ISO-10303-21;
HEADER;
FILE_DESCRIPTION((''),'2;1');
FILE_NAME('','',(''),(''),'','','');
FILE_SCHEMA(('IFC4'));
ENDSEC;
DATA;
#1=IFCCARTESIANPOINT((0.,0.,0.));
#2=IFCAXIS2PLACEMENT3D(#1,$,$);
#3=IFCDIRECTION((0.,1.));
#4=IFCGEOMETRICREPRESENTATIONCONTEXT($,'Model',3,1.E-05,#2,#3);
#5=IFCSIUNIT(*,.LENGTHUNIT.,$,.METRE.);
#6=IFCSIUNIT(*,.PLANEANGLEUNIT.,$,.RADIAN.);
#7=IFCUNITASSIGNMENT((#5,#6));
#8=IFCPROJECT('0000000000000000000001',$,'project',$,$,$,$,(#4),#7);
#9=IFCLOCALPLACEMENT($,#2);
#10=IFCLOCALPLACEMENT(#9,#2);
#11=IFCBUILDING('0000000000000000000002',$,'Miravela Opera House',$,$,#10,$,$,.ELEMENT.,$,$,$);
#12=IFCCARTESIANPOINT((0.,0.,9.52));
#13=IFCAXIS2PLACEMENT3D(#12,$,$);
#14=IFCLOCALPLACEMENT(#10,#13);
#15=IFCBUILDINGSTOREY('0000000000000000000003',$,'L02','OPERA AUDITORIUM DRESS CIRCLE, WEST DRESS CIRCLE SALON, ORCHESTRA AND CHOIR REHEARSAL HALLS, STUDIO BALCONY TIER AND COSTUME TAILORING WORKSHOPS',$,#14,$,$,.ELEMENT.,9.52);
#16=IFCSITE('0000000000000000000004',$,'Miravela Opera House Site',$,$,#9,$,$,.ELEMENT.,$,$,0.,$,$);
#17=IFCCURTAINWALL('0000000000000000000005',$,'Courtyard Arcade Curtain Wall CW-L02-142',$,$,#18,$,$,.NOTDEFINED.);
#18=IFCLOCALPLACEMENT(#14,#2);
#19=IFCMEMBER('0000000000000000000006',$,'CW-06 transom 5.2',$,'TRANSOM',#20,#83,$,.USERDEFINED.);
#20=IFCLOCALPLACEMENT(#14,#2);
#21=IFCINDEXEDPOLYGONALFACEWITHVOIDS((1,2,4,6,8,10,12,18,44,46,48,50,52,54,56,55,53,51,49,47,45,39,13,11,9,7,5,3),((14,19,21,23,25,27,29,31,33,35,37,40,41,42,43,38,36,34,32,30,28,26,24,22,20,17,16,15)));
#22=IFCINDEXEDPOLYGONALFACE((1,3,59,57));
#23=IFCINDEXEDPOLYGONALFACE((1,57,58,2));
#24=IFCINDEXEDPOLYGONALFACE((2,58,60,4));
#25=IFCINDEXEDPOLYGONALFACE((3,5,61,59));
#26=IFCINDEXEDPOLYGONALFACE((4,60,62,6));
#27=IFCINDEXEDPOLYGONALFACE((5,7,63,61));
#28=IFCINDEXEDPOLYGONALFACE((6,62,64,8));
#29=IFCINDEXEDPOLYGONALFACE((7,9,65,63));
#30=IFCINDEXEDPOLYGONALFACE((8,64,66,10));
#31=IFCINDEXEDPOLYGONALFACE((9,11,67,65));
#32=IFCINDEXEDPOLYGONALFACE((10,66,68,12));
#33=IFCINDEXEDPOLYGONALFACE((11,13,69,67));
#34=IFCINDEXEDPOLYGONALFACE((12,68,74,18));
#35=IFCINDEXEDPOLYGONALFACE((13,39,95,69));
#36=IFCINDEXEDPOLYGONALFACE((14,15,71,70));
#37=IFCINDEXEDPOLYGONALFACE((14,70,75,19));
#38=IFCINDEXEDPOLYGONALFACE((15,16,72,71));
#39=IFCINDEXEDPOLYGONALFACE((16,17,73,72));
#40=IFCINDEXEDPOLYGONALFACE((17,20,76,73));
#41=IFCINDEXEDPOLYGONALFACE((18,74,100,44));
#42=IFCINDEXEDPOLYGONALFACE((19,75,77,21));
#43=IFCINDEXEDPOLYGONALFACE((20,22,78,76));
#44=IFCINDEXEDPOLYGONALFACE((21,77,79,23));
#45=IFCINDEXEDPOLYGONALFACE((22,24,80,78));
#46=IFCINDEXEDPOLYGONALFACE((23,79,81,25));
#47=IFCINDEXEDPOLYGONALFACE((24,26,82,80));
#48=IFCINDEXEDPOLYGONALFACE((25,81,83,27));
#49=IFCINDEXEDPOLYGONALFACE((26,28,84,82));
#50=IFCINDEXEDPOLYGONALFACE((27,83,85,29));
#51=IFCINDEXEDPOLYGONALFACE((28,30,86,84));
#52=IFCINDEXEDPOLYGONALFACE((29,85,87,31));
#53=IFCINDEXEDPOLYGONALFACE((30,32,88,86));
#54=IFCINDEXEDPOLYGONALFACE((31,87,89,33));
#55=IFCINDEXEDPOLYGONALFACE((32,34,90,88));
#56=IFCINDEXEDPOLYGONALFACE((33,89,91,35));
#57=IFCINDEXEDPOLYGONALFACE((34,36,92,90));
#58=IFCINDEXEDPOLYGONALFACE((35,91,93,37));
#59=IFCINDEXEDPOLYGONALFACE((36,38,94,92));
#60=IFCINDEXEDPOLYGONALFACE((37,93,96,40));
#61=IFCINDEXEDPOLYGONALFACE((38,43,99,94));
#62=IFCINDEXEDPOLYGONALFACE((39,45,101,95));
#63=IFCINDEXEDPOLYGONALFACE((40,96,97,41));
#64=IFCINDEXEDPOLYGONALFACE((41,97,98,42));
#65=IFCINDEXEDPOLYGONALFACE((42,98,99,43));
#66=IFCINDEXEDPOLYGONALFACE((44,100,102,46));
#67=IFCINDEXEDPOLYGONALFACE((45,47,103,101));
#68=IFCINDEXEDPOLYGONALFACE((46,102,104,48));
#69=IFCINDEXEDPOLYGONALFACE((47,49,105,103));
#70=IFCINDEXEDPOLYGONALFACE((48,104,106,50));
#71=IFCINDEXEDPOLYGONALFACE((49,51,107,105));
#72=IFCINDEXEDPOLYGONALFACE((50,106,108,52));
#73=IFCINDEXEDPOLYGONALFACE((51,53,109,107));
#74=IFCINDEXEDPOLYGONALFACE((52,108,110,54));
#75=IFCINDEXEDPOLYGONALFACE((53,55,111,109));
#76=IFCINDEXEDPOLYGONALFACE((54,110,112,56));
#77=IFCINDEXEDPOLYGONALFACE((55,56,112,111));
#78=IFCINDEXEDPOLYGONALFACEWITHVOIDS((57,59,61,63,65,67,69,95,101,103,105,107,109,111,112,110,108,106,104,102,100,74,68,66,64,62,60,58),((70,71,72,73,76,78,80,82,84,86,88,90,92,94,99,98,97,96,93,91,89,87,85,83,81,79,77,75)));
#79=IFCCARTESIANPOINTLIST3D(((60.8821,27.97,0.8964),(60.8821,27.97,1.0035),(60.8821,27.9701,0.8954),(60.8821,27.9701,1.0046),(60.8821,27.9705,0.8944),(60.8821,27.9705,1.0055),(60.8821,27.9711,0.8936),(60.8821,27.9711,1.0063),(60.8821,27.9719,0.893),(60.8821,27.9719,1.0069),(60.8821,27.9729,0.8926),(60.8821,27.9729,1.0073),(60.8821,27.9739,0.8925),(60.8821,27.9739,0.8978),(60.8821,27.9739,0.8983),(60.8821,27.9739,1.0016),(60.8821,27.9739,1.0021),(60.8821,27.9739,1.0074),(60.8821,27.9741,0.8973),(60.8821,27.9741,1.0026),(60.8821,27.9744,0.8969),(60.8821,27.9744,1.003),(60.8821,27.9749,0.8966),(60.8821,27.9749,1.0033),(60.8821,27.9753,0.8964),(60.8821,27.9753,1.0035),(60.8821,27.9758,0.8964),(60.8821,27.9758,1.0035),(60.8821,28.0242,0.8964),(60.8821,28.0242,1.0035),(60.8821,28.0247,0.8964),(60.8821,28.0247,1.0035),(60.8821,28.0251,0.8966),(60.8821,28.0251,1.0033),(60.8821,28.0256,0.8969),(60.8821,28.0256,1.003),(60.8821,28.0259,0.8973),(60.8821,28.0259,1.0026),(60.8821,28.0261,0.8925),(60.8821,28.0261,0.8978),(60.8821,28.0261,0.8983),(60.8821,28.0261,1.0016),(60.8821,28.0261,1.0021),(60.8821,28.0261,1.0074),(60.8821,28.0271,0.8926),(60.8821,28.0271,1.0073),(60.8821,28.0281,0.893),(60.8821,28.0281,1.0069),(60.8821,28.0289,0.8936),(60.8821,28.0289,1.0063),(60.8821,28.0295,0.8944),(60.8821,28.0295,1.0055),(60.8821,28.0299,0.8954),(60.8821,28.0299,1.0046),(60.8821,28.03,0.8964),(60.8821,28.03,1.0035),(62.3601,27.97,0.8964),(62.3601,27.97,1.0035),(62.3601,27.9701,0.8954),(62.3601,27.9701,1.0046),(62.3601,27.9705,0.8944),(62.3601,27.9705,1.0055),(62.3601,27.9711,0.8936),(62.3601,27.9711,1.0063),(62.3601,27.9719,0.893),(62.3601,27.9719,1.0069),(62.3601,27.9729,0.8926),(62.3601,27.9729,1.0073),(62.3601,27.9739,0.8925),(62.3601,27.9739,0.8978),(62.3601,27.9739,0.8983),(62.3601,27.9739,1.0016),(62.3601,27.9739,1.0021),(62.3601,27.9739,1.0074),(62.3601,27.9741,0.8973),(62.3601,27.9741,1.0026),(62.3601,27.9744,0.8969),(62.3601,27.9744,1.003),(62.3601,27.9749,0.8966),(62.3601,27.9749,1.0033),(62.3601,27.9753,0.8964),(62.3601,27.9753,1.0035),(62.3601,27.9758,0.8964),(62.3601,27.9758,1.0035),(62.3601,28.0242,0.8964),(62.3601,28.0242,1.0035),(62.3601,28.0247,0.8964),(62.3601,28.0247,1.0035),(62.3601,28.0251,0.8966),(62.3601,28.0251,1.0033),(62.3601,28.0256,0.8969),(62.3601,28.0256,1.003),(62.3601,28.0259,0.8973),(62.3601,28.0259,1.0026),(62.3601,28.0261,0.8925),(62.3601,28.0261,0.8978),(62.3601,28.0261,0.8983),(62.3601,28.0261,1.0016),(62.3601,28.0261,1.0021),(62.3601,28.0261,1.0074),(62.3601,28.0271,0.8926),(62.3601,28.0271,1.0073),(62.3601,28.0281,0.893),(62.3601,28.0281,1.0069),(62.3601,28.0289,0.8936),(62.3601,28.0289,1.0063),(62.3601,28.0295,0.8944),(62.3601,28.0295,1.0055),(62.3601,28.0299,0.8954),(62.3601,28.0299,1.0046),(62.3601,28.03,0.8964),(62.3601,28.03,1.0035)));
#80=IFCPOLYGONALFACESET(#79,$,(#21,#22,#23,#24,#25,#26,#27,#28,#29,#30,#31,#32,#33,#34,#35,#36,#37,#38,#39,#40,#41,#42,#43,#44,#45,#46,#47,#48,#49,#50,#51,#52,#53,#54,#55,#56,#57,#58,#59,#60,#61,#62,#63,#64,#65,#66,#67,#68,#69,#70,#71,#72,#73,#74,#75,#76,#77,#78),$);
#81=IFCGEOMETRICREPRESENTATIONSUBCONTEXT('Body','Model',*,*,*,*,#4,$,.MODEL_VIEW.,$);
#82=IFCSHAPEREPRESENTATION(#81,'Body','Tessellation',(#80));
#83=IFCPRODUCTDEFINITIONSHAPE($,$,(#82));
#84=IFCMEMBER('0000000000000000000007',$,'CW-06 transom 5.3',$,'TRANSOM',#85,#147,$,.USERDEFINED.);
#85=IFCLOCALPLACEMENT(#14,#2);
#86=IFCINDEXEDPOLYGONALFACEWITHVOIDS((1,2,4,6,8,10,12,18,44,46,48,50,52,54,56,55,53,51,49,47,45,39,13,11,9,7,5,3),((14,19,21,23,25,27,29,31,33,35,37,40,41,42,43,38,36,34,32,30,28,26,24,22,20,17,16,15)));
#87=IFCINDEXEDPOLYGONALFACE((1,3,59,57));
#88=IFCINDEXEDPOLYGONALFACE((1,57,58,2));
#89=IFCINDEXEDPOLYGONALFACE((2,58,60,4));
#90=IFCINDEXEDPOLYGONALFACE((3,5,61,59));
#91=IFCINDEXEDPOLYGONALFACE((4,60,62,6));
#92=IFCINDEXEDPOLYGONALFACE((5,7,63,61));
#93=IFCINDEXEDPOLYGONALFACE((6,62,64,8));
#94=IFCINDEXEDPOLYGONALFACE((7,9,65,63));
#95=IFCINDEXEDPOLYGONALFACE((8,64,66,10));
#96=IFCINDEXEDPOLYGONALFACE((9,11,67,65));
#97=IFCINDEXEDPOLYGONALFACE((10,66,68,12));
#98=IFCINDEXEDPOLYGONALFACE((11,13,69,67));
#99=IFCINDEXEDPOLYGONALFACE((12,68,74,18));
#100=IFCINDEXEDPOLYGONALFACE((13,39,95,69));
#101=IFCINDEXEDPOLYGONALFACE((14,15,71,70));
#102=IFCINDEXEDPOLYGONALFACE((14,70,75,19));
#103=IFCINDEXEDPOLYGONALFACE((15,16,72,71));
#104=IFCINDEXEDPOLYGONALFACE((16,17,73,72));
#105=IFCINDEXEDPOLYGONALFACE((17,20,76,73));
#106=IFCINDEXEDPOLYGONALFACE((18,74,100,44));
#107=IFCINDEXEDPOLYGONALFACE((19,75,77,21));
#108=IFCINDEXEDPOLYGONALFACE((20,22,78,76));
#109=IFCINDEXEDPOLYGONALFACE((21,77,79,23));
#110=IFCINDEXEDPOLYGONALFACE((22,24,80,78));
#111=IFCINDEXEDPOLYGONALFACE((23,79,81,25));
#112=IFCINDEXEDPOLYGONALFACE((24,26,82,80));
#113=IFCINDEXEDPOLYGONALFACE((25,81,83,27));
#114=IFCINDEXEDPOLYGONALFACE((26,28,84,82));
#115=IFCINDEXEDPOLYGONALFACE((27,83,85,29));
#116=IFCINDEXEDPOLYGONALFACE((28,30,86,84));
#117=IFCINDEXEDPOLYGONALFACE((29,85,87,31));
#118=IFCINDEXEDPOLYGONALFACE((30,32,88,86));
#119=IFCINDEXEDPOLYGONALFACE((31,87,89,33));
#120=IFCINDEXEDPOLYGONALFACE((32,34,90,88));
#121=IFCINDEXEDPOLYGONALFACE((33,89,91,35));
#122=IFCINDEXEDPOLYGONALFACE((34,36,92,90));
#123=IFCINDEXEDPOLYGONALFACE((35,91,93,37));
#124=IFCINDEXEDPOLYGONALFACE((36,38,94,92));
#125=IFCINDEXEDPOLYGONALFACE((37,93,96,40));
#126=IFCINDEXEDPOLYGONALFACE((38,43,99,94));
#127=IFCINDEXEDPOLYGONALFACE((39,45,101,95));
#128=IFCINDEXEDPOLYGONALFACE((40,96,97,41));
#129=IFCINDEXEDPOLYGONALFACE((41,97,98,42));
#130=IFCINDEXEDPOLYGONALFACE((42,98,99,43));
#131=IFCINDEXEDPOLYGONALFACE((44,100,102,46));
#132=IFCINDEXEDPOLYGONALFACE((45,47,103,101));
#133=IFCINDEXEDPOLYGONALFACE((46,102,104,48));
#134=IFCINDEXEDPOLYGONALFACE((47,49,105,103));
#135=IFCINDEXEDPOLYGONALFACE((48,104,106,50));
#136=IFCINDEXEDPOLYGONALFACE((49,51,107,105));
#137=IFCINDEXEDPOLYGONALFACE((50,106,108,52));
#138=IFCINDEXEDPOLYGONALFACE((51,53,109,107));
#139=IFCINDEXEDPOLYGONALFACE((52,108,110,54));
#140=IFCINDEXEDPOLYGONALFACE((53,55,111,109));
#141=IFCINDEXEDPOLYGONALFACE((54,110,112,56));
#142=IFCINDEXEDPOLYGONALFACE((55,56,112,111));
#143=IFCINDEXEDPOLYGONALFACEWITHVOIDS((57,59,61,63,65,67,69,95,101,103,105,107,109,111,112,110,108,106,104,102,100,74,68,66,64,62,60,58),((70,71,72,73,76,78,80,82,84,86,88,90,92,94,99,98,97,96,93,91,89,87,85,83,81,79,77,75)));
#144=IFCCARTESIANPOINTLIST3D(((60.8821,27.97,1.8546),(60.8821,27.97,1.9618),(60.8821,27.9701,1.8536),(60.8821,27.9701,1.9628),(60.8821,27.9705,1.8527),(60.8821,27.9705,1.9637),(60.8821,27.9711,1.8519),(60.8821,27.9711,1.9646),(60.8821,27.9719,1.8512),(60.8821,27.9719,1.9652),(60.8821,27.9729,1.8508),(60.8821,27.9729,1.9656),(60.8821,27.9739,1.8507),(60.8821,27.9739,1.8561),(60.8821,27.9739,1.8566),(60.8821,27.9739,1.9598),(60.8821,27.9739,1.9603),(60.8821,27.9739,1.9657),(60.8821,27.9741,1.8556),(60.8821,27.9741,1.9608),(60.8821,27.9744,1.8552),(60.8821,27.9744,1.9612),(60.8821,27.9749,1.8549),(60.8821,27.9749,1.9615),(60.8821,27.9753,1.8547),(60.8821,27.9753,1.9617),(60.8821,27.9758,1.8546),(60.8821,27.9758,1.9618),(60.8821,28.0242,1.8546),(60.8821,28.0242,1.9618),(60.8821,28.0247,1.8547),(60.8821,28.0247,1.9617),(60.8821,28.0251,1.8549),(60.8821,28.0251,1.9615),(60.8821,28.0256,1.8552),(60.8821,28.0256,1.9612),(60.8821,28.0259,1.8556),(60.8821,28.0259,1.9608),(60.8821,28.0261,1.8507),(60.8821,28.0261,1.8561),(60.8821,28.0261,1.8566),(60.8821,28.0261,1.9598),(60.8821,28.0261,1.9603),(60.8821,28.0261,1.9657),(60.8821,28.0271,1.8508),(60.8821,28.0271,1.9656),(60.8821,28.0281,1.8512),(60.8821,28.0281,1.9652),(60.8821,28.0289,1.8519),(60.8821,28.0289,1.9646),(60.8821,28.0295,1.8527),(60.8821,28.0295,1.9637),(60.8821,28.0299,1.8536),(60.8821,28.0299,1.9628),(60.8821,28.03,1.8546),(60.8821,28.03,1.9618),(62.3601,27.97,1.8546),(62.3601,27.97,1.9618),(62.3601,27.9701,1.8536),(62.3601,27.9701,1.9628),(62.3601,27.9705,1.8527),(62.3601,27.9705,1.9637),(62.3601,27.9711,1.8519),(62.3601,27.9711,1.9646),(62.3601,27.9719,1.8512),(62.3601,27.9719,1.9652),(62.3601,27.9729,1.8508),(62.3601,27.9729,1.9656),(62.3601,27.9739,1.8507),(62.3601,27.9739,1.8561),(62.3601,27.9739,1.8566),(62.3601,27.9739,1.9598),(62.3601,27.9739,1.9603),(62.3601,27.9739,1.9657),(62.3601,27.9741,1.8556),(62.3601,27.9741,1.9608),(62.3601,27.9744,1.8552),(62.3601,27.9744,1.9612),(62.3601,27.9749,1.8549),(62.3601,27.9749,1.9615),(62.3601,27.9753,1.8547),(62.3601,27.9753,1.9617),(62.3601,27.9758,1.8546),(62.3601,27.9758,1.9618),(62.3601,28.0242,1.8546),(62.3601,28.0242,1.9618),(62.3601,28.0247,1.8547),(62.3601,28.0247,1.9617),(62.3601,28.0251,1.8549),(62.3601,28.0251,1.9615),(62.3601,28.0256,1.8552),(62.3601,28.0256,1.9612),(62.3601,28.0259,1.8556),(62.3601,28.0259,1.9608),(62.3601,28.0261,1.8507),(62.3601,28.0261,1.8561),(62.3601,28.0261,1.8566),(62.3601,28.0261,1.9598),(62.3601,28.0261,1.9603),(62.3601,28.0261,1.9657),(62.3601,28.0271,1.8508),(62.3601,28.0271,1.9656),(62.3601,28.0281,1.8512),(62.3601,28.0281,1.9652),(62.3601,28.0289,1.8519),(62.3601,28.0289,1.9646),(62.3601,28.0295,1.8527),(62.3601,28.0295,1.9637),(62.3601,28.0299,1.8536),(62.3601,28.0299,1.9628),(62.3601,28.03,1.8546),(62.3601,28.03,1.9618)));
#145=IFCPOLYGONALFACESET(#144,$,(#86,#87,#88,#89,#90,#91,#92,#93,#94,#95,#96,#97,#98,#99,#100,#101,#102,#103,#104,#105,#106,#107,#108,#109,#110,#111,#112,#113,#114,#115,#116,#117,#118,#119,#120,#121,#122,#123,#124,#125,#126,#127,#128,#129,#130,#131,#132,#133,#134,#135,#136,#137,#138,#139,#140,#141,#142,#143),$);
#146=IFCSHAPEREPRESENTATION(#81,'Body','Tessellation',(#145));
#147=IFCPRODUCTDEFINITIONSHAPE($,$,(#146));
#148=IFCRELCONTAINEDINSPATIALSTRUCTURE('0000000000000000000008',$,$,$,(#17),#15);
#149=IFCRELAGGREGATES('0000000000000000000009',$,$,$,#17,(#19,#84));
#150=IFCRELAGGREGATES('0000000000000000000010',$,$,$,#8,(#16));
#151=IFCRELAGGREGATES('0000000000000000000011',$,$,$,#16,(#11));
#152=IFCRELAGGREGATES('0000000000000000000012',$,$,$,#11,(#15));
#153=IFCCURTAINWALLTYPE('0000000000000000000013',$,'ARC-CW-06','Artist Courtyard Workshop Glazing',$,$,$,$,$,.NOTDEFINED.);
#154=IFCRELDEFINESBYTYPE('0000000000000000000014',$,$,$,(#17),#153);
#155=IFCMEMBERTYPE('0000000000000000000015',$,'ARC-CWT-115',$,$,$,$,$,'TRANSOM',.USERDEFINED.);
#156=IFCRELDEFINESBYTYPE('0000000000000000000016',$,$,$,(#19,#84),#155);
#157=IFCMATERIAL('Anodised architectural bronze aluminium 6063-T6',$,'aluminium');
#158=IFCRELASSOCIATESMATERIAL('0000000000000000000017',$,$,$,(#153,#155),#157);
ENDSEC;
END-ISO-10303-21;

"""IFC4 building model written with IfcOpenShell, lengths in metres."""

from ifc_helpers import new_model, si_unit, direction, frame, origin, origin_2d, place, context, subcontext, project, spatial, hollow_rectangle, extrude, material, material_profile, profile_set, type_object, element, aggregate, save


model = new_model("IFC4")

# Units and contexts
model_context = context("Model", 3, precision=1e-05, world=origin(), true_north=direction((0.0, 1.0)))
body_context = subcontext(model_context, "Body", "Model", "MODEL_VIEW")
ifc_project = project(units=[si_unit("LENGTHUNIT", "METRE"), si_unit("PLANEANGLEUNIT", "RADIAN")], contexts=[model_context])

# Site, building, storey
site_placement = place(None, origin())
site = spatial("IfcSite", under=ifc_project, at=site_placement, Name="Miravela Opera House Site", CompositionType="ELEMENT", RefElevation=0.0)
building_placement = place(site_placement, origin())
building = spatial("IfcBuilding", under=site, at=building_placement, Name="Miravela Opera House", CompositionType="ELEMENT")
storey_placement = place(building_placement, frame((0.0, 0.0, 9.52)))
storey = spatial("IfcBuildingStorey", under=building, at=storey_placement, Name="L02", Description="OPERA AUDITORIUM DRESS CIRCLE, WEST DRESS CIRCLE SALON, ORCHESTRA AND CHOIR REHEARSAL HALLS, STUDIO BALCONY TIER AND COSTUME TAILORING WORKSHOPS", CompositionType="ELEMENT", Elevation=9.52)

# Curtain wall, members
ifc_material_1 = material(Name="Anodised architectural bronze aluminium 6063-T6", Category="aluminium")
curtain_wall_type = type_object("IfcCurtainWallType", Name="ARC-CW-06", Description="Artist Courtyard Workshop Glazing", PredefinedType="NOTDEFINED", material=ifc_material_1)
curtain_wall_placement = place(storey_placement, origin())
curtain_wall = element("IfcCurtainWall", 1, at=curtain_wall_placement, inside=storey, type_object=curtain_wall_type, Name="Courtyard Arcade Curtain Wall CW-L02-142", PredefinedType="NOTDEFINED")
ifc_material_profile_1 = material_profile(ifc_material_1, hollow_rectangle(XDim=0.0601, YDim=0.115, WallThickness=0.0039, InnerFilletRadius=0.002, OuterFilletRadius=0.0039, at=origin_2d()), Name="CWT-60X115")
ifc_profile_set_1 = profile_set([ifc_material_profile_1])
member_type_1 = type_object("IfcMemberType", Name="ARC-CWT-115", ElementType="TRANSOM", PredefinedType="USERDEFINED", material=ifc_profile_set_1)
member_1_placement = place(storey_placement, frame((60.8821, 28.0, 0.95), z_axis=(1.0, 0.0, 0.0), x_axis=(0.0, 1.0, 0.0)))
member_1 = element("IfcMember", 2, at=member_1_placement, type_object=member_type_1, Name="CW-06 transom 5.2", ObjectType="TRANSOM", PredefinedType="USERDEFINED", context=body_context, shape_type="SweptSolid", body=[
    extrude(hollow_rectangle(XDim=0.0601, YDim=0.115, WallThickness=0.0039, InnerFilletRadius=0.002, OuterFilletRadius=0.0039, at=origin_2d()), origin(), (0.0, 0.0, 1.0), 1.478),
])
member_2_placement = place(storey_placement, frame((60.8821, 28.0, 1.9082), z_axis=(1.0, 0.0, 0.0), x_axis=(0.0, 1.0, 0.0)))
member_2 = element("IfcMember", 3, at=member_2_placement, type_object=member_type_1, Name="CW-06 transom 5.3", ObjectType="TRANSOM", PredefinedType="USERDEFINED", context=body_context, shape_type="SweptSolid", body=[
    extrude(hollow_rectangle(XDim=0.0601, YDim=0.115, WallThickness=0.0039, InnerFilletRadius=0.002, OuterFilletRadius=0.0039, at=origin_2d()), origin(), (0.0, 0.0, 1.0), 1.478),
])
aggregate(curtain_wall, [member_1, member_2])

save(model, "model.ifc")
